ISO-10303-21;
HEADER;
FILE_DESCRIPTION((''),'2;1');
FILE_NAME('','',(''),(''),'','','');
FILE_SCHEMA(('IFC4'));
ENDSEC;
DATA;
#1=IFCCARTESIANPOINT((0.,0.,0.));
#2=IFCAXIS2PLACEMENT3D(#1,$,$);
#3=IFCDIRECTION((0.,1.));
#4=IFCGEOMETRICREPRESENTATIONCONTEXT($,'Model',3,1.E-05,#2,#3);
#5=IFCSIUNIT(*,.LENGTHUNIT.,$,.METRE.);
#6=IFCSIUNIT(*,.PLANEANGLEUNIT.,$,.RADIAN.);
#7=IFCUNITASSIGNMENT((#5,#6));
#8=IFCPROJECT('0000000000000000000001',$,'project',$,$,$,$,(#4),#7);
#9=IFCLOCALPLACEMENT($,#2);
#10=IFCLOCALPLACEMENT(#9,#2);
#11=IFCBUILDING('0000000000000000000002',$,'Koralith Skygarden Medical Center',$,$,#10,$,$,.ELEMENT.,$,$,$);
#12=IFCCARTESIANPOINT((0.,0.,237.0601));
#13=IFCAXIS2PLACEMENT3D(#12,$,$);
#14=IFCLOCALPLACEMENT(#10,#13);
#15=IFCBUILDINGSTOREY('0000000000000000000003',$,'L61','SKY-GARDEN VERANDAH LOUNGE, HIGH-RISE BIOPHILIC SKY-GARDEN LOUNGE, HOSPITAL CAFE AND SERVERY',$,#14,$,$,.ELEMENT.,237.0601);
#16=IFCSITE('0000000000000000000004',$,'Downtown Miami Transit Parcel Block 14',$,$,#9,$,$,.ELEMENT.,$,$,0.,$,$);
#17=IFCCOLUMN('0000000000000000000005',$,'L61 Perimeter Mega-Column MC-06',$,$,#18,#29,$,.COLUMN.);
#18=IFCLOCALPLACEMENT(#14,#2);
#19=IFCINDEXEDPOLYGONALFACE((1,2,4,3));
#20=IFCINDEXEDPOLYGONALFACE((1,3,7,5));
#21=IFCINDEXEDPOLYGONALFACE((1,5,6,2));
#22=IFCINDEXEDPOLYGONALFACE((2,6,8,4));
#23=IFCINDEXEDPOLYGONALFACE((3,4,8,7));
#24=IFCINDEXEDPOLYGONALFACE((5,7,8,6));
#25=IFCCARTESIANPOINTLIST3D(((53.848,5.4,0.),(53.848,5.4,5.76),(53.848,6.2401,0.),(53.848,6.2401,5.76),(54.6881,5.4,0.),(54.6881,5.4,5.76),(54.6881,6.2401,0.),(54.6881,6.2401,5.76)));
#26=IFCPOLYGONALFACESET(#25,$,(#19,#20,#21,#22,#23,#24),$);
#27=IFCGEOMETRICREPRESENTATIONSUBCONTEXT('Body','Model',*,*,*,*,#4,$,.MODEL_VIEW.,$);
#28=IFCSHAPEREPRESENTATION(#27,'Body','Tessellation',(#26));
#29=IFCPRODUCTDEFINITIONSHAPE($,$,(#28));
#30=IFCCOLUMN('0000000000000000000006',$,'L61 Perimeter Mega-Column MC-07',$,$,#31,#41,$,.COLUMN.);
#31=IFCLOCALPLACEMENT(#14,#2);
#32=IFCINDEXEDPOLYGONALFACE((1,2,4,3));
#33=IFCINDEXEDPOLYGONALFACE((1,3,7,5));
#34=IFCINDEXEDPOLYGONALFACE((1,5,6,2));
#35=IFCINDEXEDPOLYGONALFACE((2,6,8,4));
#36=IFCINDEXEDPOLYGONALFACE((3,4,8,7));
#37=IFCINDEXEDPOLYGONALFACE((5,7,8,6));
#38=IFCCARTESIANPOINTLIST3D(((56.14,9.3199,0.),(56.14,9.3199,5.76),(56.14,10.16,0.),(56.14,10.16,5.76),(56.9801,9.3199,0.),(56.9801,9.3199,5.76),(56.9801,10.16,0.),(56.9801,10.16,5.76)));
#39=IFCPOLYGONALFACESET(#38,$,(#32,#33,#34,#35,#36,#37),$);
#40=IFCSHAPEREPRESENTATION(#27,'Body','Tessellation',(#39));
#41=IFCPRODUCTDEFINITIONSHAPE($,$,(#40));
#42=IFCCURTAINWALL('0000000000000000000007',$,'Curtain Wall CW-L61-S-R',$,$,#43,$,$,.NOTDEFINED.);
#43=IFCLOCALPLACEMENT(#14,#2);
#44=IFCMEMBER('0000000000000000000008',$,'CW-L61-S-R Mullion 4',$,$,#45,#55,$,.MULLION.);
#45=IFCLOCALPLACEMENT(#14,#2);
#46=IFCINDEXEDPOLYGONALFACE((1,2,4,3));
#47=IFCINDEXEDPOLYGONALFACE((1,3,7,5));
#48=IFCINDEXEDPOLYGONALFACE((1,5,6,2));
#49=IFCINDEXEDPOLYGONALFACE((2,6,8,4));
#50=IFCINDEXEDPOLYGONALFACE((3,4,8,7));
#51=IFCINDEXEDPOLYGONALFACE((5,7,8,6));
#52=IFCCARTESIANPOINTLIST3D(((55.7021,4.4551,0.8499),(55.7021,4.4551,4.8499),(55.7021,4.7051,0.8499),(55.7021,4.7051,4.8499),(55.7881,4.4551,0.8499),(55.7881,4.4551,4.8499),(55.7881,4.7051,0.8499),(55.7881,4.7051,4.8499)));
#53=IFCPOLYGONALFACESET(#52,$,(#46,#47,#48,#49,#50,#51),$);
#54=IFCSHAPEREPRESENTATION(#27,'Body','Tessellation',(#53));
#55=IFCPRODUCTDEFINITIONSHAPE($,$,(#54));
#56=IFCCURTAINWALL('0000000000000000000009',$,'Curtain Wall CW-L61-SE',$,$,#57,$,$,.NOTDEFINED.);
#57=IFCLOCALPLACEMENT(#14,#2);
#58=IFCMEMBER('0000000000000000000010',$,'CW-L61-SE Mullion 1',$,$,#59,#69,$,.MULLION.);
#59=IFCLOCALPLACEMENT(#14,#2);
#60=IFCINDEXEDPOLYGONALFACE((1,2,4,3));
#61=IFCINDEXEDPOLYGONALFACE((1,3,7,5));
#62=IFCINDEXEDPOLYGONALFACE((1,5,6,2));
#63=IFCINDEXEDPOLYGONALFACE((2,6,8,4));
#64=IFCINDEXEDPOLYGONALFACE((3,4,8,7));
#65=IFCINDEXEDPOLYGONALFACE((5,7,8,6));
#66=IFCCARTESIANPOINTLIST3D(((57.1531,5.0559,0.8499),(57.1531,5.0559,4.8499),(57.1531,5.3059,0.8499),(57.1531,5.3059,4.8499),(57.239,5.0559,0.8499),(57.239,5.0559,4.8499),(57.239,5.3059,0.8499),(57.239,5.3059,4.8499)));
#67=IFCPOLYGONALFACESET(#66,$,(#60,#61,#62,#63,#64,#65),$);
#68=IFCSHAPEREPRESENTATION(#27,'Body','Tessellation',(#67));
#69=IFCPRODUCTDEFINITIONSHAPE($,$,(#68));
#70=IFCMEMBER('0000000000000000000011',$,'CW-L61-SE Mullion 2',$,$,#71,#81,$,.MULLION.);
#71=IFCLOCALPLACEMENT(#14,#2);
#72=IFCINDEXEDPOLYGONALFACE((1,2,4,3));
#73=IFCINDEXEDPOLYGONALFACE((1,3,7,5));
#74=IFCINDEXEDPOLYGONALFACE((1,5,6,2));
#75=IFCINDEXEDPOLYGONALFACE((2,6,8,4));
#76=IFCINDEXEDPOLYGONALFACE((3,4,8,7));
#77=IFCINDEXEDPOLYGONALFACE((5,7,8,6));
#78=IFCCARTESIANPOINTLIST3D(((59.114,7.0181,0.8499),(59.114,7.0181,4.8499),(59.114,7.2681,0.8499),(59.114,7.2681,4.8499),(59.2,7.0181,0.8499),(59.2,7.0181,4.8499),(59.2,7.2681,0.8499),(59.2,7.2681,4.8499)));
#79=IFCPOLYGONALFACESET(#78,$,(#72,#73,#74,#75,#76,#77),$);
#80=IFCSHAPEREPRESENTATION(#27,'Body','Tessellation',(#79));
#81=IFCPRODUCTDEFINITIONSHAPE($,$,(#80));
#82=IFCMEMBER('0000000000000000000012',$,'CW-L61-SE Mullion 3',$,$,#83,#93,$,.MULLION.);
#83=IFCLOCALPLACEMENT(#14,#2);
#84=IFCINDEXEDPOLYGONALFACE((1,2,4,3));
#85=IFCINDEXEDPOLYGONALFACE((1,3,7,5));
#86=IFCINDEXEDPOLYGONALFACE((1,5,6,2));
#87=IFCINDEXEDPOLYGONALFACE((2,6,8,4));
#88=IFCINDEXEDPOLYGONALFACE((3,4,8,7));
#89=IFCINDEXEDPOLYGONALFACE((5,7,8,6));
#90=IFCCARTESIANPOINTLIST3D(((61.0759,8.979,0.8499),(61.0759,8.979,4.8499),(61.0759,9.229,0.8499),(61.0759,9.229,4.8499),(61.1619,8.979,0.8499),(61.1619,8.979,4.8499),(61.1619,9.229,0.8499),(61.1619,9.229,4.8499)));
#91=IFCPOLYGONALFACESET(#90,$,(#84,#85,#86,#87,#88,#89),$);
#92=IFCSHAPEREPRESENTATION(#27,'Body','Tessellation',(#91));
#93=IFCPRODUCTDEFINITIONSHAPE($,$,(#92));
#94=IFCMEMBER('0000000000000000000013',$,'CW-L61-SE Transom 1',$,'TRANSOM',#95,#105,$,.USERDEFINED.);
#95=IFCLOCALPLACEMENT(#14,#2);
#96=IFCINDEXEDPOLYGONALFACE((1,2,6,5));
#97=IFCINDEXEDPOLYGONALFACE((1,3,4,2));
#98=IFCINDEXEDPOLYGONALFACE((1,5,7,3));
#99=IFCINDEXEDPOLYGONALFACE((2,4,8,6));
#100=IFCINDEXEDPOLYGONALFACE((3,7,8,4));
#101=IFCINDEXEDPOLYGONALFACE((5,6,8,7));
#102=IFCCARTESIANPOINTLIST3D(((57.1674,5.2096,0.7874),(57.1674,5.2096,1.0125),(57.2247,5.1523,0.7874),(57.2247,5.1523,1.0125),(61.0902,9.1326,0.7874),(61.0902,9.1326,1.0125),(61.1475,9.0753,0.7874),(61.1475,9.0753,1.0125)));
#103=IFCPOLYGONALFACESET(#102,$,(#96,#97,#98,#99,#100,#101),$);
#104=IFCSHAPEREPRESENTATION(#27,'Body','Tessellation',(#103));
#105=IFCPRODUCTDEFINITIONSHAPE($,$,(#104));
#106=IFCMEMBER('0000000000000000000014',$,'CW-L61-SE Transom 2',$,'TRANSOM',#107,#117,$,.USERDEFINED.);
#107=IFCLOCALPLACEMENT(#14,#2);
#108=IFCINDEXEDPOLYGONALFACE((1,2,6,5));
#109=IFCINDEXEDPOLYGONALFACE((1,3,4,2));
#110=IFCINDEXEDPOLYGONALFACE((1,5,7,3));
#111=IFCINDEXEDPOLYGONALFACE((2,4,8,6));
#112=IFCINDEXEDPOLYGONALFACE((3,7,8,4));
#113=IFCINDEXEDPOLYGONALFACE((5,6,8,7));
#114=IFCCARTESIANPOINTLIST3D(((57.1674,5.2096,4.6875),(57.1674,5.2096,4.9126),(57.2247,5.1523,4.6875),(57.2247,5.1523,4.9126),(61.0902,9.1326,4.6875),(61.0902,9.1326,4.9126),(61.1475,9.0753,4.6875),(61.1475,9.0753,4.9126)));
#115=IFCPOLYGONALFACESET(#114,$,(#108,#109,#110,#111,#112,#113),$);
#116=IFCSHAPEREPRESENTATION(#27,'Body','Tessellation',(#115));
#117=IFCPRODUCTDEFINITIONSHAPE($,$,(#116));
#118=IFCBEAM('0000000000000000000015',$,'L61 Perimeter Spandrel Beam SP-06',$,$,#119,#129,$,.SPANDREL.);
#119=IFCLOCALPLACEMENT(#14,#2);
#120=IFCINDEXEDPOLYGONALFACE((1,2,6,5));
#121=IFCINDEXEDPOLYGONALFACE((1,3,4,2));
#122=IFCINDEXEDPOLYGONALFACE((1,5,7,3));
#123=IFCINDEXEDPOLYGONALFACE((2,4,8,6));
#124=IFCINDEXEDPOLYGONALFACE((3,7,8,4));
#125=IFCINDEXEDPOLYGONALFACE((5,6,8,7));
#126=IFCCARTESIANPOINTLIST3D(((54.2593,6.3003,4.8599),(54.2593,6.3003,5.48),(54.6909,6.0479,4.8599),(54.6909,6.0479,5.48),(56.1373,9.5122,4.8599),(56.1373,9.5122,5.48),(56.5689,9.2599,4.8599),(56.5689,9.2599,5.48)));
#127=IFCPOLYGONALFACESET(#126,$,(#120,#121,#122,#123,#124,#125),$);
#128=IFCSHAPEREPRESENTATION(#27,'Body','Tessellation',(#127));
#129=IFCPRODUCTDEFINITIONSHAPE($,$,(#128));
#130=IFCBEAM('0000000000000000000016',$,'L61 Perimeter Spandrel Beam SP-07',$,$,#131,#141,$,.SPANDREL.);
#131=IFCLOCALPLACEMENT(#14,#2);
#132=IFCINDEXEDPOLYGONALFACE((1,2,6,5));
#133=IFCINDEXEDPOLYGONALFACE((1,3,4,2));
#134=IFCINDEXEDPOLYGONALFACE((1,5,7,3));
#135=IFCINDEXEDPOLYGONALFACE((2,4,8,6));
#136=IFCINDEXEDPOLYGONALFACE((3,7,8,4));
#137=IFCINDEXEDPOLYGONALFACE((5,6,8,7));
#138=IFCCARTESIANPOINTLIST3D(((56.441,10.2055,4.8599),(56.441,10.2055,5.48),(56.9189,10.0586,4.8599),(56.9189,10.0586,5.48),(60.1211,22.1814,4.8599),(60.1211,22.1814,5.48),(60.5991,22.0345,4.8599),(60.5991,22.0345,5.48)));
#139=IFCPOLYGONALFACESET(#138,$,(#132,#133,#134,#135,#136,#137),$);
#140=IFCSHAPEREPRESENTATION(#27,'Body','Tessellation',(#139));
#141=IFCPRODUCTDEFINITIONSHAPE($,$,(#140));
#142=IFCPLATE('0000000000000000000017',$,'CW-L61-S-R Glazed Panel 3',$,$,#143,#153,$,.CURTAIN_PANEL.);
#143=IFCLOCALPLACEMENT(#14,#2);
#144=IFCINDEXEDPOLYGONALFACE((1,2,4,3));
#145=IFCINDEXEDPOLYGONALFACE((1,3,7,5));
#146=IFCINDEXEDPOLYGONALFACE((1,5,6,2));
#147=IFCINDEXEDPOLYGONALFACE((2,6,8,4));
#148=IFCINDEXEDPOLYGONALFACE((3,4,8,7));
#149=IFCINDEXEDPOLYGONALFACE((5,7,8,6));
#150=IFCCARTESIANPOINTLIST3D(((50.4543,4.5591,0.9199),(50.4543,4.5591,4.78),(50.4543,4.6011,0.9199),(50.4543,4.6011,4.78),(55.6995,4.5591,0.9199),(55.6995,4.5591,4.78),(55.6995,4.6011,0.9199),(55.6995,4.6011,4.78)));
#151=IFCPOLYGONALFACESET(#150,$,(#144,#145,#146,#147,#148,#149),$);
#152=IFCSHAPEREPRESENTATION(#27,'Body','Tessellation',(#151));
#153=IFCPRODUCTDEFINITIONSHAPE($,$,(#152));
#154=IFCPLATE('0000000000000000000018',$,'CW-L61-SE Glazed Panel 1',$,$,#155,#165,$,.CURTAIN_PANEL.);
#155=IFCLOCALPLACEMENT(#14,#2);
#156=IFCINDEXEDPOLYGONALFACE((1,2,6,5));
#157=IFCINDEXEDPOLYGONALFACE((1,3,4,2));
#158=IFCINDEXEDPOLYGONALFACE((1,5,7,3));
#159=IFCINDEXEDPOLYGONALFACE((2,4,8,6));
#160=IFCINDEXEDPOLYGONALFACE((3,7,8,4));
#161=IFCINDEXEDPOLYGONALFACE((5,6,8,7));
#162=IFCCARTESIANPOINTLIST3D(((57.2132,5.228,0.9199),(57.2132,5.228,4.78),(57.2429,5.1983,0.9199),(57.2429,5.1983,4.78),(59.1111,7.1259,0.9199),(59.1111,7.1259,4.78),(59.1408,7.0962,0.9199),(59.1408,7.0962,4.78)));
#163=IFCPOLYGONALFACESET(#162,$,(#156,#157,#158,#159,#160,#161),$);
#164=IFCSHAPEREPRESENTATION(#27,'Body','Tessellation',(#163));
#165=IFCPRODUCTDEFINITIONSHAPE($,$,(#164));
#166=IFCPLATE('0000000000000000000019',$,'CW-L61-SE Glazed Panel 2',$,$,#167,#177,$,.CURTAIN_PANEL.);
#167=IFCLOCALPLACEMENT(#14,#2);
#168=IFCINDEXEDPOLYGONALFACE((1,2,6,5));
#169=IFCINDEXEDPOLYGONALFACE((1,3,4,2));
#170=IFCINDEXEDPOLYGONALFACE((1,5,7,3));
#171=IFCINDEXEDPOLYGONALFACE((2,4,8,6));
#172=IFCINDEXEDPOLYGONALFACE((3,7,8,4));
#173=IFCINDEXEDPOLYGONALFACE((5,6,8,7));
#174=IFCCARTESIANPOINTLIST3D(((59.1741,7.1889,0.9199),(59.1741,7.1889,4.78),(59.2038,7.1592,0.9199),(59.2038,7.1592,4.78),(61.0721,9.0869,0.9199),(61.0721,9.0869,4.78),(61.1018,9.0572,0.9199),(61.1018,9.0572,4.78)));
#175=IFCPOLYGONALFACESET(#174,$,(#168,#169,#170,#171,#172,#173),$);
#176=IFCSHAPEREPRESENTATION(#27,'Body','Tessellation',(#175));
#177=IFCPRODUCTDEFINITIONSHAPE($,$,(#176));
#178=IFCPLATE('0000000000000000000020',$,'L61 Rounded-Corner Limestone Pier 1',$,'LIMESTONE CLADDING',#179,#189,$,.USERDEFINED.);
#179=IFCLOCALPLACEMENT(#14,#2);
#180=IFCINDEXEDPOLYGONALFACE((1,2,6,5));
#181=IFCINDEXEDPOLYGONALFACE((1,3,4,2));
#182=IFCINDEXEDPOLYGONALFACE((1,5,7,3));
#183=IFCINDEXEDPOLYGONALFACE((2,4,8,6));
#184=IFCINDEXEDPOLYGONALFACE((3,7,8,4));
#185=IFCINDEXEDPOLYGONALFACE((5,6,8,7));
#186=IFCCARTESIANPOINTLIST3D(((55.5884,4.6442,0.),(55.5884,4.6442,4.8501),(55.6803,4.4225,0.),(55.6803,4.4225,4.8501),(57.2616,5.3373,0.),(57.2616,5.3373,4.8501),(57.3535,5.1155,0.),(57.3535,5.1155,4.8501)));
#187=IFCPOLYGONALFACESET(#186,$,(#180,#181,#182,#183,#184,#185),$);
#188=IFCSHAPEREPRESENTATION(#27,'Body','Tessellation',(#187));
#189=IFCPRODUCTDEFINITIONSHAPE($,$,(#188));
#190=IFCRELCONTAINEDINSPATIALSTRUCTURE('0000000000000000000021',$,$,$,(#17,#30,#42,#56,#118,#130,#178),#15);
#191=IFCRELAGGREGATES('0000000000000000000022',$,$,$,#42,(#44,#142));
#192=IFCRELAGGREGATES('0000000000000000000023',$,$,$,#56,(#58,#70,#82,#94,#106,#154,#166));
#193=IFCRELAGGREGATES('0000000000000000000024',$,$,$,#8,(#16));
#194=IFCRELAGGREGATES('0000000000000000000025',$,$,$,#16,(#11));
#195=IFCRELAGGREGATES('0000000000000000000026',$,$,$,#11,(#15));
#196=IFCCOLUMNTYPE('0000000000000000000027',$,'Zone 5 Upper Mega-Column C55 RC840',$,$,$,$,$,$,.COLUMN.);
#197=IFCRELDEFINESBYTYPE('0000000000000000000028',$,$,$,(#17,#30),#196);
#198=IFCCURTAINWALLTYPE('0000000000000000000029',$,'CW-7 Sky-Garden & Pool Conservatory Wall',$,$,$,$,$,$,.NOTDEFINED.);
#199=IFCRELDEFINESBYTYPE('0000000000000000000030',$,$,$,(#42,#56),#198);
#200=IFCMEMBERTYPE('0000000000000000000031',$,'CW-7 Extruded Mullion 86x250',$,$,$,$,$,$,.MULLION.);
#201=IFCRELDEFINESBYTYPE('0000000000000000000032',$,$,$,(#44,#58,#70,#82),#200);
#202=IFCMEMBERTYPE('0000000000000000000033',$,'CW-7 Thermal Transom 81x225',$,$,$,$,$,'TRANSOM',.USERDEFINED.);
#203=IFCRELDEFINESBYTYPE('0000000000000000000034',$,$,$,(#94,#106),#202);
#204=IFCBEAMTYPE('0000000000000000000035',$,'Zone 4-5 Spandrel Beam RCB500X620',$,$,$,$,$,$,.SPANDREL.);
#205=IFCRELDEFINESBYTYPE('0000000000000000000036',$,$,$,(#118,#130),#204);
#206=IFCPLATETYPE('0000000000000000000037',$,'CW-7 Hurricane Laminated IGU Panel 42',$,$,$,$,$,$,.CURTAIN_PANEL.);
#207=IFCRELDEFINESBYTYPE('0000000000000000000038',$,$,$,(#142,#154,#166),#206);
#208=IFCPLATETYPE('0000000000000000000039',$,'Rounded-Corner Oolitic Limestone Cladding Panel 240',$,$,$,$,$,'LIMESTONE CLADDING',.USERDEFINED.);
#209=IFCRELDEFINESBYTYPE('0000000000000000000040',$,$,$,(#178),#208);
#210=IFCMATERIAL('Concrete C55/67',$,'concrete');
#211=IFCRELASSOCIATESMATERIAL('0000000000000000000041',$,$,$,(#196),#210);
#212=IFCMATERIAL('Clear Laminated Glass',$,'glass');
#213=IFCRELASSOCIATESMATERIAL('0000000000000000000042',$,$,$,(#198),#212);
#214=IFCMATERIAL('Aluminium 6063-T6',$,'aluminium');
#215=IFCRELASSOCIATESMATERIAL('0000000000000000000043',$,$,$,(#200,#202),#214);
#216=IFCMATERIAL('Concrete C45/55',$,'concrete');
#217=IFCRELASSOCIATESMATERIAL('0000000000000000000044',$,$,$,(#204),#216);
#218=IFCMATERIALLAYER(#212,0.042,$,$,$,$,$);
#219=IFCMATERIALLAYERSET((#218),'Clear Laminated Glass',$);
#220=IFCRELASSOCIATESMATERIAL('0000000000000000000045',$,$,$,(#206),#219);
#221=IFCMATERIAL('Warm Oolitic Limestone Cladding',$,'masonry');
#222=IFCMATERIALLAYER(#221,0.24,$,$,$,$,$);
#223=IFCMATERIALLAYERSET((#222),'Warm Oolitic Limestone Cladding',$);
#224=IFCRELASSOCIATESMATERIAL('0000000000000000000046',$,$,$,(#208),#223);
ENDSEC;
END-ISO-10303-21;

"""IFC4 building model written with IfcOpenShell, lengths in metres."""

from ifc_helpers import new_model, si_unit, direction, frame, origin, origin_2d, place, context, subcontext, project, spatial, rectangle, extrude, material, layer, layer_set, material_profile, profile_set, type_object, element, aggregate, save


model = new_model("IFC4")

# Units and contexts
model_context = context("Model", 3, precision=1e-05, world=origin(), true_north=direction((0.0, 1.0)))
body_context = subcontext(model_context, "Body", "Model", "MODEL_VIEW")
ifc_project = project(units=[si_unit("LENGTHUNIT", "METRE"), si_unit("PLANEANGLEUNIT", "RADIAN")], contexts=[model_context])

# Site, building, storey
site_placement = place(None, origin())
site = spatial("IfcSite", under=ifc_project, at=site_placement, Name="Downtown Miami Transit Parcel Block 14", CompositionType="ELEMENT", RefElevation=0.0)
building_placement = place(site_placement, origin())
building = spatial("IfcBuilding", under=site, at=building_placement, Name="Koralith Skygarden Medical Center", CompositionType="ELEMENT")
storey_placement = place(building_placement, frame((0.0, 0.0, 237.0601)))
storey = spatial("IfcBuildingStorey", under=building, at=storey_placement, Name="L61", Description="SKY-GARDEN VERANDAH LOUNGE, HIGH-RISE BIOPHILIC SKY-GARDEN LOUNGE, HOSPITAL CAFE AND SERVERY", CompositionType="ELEMENT", Elevation=237.0601)

# Columns
ifc_material_1 = material(Name="Concrete C55/67", Category="concrete")
ifc_material_profile_1 = material_profile(ifc_material_1, rectangle(XDim=0.8401, YDim=0.8401, at=origin_2d()), Name="RC840X840")
ifc_profile_set_1 = profile_set([ifc_material_profile_1], Name="Concrete C55/67")
column_type = type_object("IfcColumnType", Name="Zone 5 Upper Mega-Column C55 RC840", PredefinedType="COLUMN", material=ifc_profile_set_1)
for number, where, z_axis, x_axis, name in (
    (1, (54.2681, 5.8201, 0.0), (0.0, 0.0, 1.0), (1.0, 0.0, 0.0), "L61 Perimeter Mega-Column MC-06"),
    (2, (56.5601, 9.74, 0.0), (0.0, 0.0, 1.0), (1.0, 0.0, 0.0), "L61 Perimeter Mega-Column MC-07"),
):
    element("IfcColumn", number, at=place(storey_placement, frame(where, z_axis=z_axis, x_axis=x_axis)), inside=storey, type_object=column_type, Name=name, PredefinedType="COLUMN", context=body_context, shape_type="SweptSolid", body=[
        extrude(rectangle(XDim=0.8401, YDim=0.8401, at=origin_2d()), origin(), (0.0, 0.0, 1.0), 5.76),
    ])

# Curtain wall, member
ifc_material_2 = material(Name="Clear Laminated Glass", Category="glass")
curtain_wall_type = type_object("IfcCurtainWallType", Name="CW-7 Sky-Garden & Pool Conservatory Wall", PredefinedType="NOTDEFINED", material=ifc_material_2)
curtain_wall_1_placement = place(storey_placement, origin())
curtain_wall_1 = element("IfcCurtainWall", 3, at=curtain_wall_1_placement, inside=storey, type_object=curtain_wall_type, Name="Curtain Wall CW-L61-S-R", PredefinedType="NOTDEFINED")
ifc_material_3 = material(Name="Aluminium 6063-T6", Category="aluminium")
ifc_material_profile_2 = material_profile(ifc_material_3, rectangle(XDim=0.0859, YDim=0.25, at=origin_2d()), Name="MUL86X250")
ifc_profile_set_2 = profile_set([ifc_material_profile_2], Name="Aluminium 6063-T6")
member_type_1 = type_object("IfcMemberType", Name="CW-7 Extruded Mullion 86x250", PredefinedType="MULLION", material=ifc_profile_set_2)
member_1_placement = place(storey_placement, frame((55.7451, 4.5801, 0.8499), z_axis=(0.0, 0.0, 1.0), x_axis=(1.0, 0.0, 0.0)))
member_1 = element("IfcMember", 4, at=member_1_placement, type_object=member_type_1, Name="CW-L61-S-R Mullion 4", PredefinedType="MULLION", context=body_context, shape_type="SweptSolid", body=[
    extrude(rectangle(XDim=0.0859, YDim=0.25, at=origin_2d()), origin(), (0.0, 0.0, 1.0), 4.0),
])

# Curtain wall, members
curtain_wall_2_placement = place(storey_placement, origin())
curtain_wall_2 = element("IfcCurtainWall", 5, at=curtain_wall_2_placement, inside=storey, type_object=curtain_wall_type, Name="Curtain Wall CW-L61-SE", PredefinedType="NOTDEFINED")
member_2_placement = place(storey_placement, frame((57.196, 5.1809, 0.8499), z_axis=(0.0, 0.0, 1.0), x_axis=(1.0, 0.0, 0.0)))
member_2 = element("IfcMember", 6, at=member_2_placement, type_object=member_type_1, Name="CW-L61-SE Mullion 1", PredefinedType="MULLION", context=body_context, shape_type="SweptSolid", body=[
    extrude(rectangle(XDim=0.0859, YDim=0.25, at=origin_2d()), origin(), (0.0, 0.0, 1.0), 4.0),
])
member_3_placement = place(storey_placement, frame((59.157, 7.1431, 0.8499), z_axis=(0.0, 0.0, 1.0), x_axis=(1.0, 0.0, 0.0)))
member_3 = element("IfcMember", 7, at=member_3_placement, type_object=member_type_1, Name="CW-L61-SE Mullion 2", PredefinedType="MULLION", context=body_context, shape_type="SweptSolid", body=[
    extrude(rectangle(XDim=0.0859, YDim=0.25, at=origin_2d()), origin(), (0.0, 0.0, 1.0), 4.0),
])
member_4_placement = place(storey_placement, frame((61.1189, 9.104, 0.8499), z_axis=(0.0, 0.0, 1.0), x_axis=(1.0, 0.0, 0.0)))
member_4 = element("IfcMember", 8, at=member_4_placement, type_object=member_type_1, Name="CW-L61-SE Mullion 3", PredefinedType="MULLION", context=body_context, shape_type="SweptSolid", body=[
    extrude(rectangle(XDim=0.0859, YDim=0.25, at=origin_2d()), origin(), (0.0, 0.0, 1.0), 4.0),
])
ifc_material_profile_3 = material_profile(ifc_material_3, rectangle(XDim=0.0811, YDim=0.2251, at=origin_2d()), Name="TRN81X225")
ifc_profile_set_3 = profile_set([ifc_material_profile_3], Name="Aluminium 6063-T6")
member_type_2 = type_object("IfcMemberType", Name="CW-7 Thermal Transom 81x225", ElementType="TRANSOM", PredefinedType="USERDEFINED", material=ifc_profile_set_3)
member_5_placement = place(storey_placement, frame((57.196, 5.1809, 0.8999), z_axis=(0.707085, 0.707129, 0.0), x_axis=(-0.707129, 0.707085, 0.0)))
member_5 = element("IfcMember", 9, at=member_5_placement, type_object=member_type_2, Name="CW-L61-SE Transom 1", ObjectType="TRANSOM", PredefinedType="USERDEFINED", context=body_context, shape_type="SweptSolid", body=[
    extrude(rectangle(XDim=0.0811, YDim=0.2251, at=origin_2d()), origin(), (0.0, 0.0, 1.0), 5.5479),
])
member_6_placement = place(storey_placement, frame((57.196, 5.1809, 4.8), z_axis=(0.707085, 0.707129, 0.0), x_axis=(-0.707129, 0.707085, 0.0)))
member_6 = element("IfcMember", 10, at=member_6_placement, type_object=member_type_2, Name="CW-L61-SE Transom 2", ObjectType="TRANSOM", PredefinedType="USERDEFINED", context=body_context, shape_type="SweptSolid", body=[
    extrude(rectangle(XDim=0.0811, YDim=0.2251, at=origin_2d()), origin(), (0.0, 0.0, 1.0), 5.5479),
])

# Beams
ifc_material_4 = material(Name="Concrete C45/55", Category="concrete")
ifc_material_profile_4 = material_profile(ifc_material_4, rectangle(XDim=0.5, YDim=0.6201, at=origin_2d()), Name="RCB500X620")
ifc_profile_set_4 = profile_set([ifc_material_profile_4], Name="Concrete C45/55")
beam_type = type_object("IfcBeamType", Name="Zone 4-5 Spandrel Beam RCB500X620", PredefinedType="SPANDREL", material=ifc_profile_set_4)
beam_1_placement = place(storey_placement, frame((54.4751, 6.1741, 5.1699), z_axis=(0.504736, 0.863274, 0.0), x_axis=(-0.863274, 0.504736, 0.0)))
element("IfcBeam", 11, at=beam_1_placement, inside=storey, type_object=beam_type, Name="L61 Perimeter Spandrel Beam SP-06", PredefinedType="SPANDREL", context=body_context, shape_type="SweptSolid", body=[
    extrude(rectangle(XDim=0.5, YDim=0.6201, at=origin_2d()), origin(), (0.0, 0.0, 1.0), 3.7207),
])
beam_2_placement = place(storey_placement, frame((56.6799, 10.1321, 5.1699), z_axis=(0.293743, 0.955884, 0.0), x_axis=(-0.955884, 0.293743, 0.0)))
element("IfcBeam", 12, at=beam_2_placement, inside=storey, type_object=beam_type, Name="L61 Perimeter Spandrel Beam SP-07", PredefinedType="SPANDREL", context=body_context, shape_type="SweptSolid", body=[
    extrude(rectangle(XDim=0.5, YDim=0.6201, at=origin_2d()), origin(), (0.0, 0.0, 1.0), 12.5286),
])

# Plates
ifc_layer_1 = layer(ifc_material_2, 0.042)
ifc_layer_set_1 = layer_set([ifc_layer_1], Name="Clear Laminated Glass")
plate_type_1 = type_object("IfcPlateType", Name="CW-7 Hurricane Laminated IGU Panel 42", PredefinedType="CURTAIN_PANEL", material=ifc_layer_set_1)
plate_1_placement = place(storey_placement, frame((53.0769, 4.5801, 0.9199), z_axis=(0.0, 0.0, 1.0), x_axis=(1.0, 0.0, 0.0)))
plate_1 = element("IfcPlate", 13, at=plate_1_placement, type_object=plate_type_1, Name="CW-L61-S-R Glazed Panel 3", PredefinedType="CURTAIN_PANEL", context=body_context, shape_type="SweptSolid", body=[
    extrude(rectangle(XDim=5.2451, YDim=0.042, at=origin_2d()), origin(), (0.0, 0.0, 1.0), 3.8601),
])
aggregate(curtain_wall_1, [member_1, plate_1])
plate_2_placement = place(storey_placement, frame((58.177, 6.1621, 0.9199), z_axis=(0.0, 0.0, 1.0), x_axis=(0.707107, 0.707107, 0.0)))
plate_2 = element("IfcPlate", 14, at=plate_2_placement, type_object=plate_type_1, Name="CW-L61-SE Glazed Panel 1", PredefinedType="CURTAIN_PANEL", context=body_context, shape_type="SweptSolid", body=[
    extrude(rectangle(XDim=2.6841, YDim=0.042, at=origin_2d()), origin(), (0.0, 0.0, 1.0), 3.8601),
])
plate_3_placement = place(storey_placement, frame((60.1379, 8.123, 0.9199), z_axis=(0.0, 0.0, 1.0), x_axis=(0.707107, 0.707107, 0.0)))
plate_3 = element("IfcPlate", 15, at=plate_3_placement, type_object=plate_type_1, Name="CW-L61-SE Glazed Panel 2", PredefinedType="CURTAIN_PANEL", context=body_context, shape_type="SweptSolid", body=[
    extrude(rectangle(XDim=2.6841, YDim=0.042, at=origin_2d()), origin(), (0.0, 0.0, 1.0), 3.8601),
])
aggregate(curtain_wall_2, [member_2, member_3, member_4, member_5, member_6, plate_2, plate_3])

# Plate
ifc_material_5 = material(Name="Warm Oolitic Limestone Cladding", Category="masonry")
ifc_layer_2 = layer(ifc_material_5, 0.24)
ifc_layer_set_2 = layer_set([ifc_layer_2], Name="Warm Oolitic Limestone Cladding")
plate_type_2 = type_object("IfcPlateType", Name="Rounded-Corner Oolitic Limestone Cladding Panel 240", ElementType="LIMESTONE CLADDING", PredefinedType="USERDEFINED", material=ifc_layer_set_2)
for number, where, z_axis, x_axis, name in (
    (16, (56.4709, 4.8799, 0.0), (0.0, 0.0, 1.0), (0.923885, 0.382671, 0.0), "L61 Rounded-Corner Limestone Pier 1"),
):
    element("IfcPlate", number, at=place(storey_placement, frame(where, z_axis=z_axis, x_axis=x_axis)), inside=storey, type_object=plate_type_2, Name=name, ObjectType="LIMESTONE CLADDING", PredefinedType="USERDEFINED", context=body_context, shape_type="SweptSolid", body=[
        extrude(rectangle(XDim=1.811, YDim=0.24, at=origin_2d()), origin(), (0.0, 0.0, 1.0), 4.8501),
    ])

save(model, "model.ifc")
